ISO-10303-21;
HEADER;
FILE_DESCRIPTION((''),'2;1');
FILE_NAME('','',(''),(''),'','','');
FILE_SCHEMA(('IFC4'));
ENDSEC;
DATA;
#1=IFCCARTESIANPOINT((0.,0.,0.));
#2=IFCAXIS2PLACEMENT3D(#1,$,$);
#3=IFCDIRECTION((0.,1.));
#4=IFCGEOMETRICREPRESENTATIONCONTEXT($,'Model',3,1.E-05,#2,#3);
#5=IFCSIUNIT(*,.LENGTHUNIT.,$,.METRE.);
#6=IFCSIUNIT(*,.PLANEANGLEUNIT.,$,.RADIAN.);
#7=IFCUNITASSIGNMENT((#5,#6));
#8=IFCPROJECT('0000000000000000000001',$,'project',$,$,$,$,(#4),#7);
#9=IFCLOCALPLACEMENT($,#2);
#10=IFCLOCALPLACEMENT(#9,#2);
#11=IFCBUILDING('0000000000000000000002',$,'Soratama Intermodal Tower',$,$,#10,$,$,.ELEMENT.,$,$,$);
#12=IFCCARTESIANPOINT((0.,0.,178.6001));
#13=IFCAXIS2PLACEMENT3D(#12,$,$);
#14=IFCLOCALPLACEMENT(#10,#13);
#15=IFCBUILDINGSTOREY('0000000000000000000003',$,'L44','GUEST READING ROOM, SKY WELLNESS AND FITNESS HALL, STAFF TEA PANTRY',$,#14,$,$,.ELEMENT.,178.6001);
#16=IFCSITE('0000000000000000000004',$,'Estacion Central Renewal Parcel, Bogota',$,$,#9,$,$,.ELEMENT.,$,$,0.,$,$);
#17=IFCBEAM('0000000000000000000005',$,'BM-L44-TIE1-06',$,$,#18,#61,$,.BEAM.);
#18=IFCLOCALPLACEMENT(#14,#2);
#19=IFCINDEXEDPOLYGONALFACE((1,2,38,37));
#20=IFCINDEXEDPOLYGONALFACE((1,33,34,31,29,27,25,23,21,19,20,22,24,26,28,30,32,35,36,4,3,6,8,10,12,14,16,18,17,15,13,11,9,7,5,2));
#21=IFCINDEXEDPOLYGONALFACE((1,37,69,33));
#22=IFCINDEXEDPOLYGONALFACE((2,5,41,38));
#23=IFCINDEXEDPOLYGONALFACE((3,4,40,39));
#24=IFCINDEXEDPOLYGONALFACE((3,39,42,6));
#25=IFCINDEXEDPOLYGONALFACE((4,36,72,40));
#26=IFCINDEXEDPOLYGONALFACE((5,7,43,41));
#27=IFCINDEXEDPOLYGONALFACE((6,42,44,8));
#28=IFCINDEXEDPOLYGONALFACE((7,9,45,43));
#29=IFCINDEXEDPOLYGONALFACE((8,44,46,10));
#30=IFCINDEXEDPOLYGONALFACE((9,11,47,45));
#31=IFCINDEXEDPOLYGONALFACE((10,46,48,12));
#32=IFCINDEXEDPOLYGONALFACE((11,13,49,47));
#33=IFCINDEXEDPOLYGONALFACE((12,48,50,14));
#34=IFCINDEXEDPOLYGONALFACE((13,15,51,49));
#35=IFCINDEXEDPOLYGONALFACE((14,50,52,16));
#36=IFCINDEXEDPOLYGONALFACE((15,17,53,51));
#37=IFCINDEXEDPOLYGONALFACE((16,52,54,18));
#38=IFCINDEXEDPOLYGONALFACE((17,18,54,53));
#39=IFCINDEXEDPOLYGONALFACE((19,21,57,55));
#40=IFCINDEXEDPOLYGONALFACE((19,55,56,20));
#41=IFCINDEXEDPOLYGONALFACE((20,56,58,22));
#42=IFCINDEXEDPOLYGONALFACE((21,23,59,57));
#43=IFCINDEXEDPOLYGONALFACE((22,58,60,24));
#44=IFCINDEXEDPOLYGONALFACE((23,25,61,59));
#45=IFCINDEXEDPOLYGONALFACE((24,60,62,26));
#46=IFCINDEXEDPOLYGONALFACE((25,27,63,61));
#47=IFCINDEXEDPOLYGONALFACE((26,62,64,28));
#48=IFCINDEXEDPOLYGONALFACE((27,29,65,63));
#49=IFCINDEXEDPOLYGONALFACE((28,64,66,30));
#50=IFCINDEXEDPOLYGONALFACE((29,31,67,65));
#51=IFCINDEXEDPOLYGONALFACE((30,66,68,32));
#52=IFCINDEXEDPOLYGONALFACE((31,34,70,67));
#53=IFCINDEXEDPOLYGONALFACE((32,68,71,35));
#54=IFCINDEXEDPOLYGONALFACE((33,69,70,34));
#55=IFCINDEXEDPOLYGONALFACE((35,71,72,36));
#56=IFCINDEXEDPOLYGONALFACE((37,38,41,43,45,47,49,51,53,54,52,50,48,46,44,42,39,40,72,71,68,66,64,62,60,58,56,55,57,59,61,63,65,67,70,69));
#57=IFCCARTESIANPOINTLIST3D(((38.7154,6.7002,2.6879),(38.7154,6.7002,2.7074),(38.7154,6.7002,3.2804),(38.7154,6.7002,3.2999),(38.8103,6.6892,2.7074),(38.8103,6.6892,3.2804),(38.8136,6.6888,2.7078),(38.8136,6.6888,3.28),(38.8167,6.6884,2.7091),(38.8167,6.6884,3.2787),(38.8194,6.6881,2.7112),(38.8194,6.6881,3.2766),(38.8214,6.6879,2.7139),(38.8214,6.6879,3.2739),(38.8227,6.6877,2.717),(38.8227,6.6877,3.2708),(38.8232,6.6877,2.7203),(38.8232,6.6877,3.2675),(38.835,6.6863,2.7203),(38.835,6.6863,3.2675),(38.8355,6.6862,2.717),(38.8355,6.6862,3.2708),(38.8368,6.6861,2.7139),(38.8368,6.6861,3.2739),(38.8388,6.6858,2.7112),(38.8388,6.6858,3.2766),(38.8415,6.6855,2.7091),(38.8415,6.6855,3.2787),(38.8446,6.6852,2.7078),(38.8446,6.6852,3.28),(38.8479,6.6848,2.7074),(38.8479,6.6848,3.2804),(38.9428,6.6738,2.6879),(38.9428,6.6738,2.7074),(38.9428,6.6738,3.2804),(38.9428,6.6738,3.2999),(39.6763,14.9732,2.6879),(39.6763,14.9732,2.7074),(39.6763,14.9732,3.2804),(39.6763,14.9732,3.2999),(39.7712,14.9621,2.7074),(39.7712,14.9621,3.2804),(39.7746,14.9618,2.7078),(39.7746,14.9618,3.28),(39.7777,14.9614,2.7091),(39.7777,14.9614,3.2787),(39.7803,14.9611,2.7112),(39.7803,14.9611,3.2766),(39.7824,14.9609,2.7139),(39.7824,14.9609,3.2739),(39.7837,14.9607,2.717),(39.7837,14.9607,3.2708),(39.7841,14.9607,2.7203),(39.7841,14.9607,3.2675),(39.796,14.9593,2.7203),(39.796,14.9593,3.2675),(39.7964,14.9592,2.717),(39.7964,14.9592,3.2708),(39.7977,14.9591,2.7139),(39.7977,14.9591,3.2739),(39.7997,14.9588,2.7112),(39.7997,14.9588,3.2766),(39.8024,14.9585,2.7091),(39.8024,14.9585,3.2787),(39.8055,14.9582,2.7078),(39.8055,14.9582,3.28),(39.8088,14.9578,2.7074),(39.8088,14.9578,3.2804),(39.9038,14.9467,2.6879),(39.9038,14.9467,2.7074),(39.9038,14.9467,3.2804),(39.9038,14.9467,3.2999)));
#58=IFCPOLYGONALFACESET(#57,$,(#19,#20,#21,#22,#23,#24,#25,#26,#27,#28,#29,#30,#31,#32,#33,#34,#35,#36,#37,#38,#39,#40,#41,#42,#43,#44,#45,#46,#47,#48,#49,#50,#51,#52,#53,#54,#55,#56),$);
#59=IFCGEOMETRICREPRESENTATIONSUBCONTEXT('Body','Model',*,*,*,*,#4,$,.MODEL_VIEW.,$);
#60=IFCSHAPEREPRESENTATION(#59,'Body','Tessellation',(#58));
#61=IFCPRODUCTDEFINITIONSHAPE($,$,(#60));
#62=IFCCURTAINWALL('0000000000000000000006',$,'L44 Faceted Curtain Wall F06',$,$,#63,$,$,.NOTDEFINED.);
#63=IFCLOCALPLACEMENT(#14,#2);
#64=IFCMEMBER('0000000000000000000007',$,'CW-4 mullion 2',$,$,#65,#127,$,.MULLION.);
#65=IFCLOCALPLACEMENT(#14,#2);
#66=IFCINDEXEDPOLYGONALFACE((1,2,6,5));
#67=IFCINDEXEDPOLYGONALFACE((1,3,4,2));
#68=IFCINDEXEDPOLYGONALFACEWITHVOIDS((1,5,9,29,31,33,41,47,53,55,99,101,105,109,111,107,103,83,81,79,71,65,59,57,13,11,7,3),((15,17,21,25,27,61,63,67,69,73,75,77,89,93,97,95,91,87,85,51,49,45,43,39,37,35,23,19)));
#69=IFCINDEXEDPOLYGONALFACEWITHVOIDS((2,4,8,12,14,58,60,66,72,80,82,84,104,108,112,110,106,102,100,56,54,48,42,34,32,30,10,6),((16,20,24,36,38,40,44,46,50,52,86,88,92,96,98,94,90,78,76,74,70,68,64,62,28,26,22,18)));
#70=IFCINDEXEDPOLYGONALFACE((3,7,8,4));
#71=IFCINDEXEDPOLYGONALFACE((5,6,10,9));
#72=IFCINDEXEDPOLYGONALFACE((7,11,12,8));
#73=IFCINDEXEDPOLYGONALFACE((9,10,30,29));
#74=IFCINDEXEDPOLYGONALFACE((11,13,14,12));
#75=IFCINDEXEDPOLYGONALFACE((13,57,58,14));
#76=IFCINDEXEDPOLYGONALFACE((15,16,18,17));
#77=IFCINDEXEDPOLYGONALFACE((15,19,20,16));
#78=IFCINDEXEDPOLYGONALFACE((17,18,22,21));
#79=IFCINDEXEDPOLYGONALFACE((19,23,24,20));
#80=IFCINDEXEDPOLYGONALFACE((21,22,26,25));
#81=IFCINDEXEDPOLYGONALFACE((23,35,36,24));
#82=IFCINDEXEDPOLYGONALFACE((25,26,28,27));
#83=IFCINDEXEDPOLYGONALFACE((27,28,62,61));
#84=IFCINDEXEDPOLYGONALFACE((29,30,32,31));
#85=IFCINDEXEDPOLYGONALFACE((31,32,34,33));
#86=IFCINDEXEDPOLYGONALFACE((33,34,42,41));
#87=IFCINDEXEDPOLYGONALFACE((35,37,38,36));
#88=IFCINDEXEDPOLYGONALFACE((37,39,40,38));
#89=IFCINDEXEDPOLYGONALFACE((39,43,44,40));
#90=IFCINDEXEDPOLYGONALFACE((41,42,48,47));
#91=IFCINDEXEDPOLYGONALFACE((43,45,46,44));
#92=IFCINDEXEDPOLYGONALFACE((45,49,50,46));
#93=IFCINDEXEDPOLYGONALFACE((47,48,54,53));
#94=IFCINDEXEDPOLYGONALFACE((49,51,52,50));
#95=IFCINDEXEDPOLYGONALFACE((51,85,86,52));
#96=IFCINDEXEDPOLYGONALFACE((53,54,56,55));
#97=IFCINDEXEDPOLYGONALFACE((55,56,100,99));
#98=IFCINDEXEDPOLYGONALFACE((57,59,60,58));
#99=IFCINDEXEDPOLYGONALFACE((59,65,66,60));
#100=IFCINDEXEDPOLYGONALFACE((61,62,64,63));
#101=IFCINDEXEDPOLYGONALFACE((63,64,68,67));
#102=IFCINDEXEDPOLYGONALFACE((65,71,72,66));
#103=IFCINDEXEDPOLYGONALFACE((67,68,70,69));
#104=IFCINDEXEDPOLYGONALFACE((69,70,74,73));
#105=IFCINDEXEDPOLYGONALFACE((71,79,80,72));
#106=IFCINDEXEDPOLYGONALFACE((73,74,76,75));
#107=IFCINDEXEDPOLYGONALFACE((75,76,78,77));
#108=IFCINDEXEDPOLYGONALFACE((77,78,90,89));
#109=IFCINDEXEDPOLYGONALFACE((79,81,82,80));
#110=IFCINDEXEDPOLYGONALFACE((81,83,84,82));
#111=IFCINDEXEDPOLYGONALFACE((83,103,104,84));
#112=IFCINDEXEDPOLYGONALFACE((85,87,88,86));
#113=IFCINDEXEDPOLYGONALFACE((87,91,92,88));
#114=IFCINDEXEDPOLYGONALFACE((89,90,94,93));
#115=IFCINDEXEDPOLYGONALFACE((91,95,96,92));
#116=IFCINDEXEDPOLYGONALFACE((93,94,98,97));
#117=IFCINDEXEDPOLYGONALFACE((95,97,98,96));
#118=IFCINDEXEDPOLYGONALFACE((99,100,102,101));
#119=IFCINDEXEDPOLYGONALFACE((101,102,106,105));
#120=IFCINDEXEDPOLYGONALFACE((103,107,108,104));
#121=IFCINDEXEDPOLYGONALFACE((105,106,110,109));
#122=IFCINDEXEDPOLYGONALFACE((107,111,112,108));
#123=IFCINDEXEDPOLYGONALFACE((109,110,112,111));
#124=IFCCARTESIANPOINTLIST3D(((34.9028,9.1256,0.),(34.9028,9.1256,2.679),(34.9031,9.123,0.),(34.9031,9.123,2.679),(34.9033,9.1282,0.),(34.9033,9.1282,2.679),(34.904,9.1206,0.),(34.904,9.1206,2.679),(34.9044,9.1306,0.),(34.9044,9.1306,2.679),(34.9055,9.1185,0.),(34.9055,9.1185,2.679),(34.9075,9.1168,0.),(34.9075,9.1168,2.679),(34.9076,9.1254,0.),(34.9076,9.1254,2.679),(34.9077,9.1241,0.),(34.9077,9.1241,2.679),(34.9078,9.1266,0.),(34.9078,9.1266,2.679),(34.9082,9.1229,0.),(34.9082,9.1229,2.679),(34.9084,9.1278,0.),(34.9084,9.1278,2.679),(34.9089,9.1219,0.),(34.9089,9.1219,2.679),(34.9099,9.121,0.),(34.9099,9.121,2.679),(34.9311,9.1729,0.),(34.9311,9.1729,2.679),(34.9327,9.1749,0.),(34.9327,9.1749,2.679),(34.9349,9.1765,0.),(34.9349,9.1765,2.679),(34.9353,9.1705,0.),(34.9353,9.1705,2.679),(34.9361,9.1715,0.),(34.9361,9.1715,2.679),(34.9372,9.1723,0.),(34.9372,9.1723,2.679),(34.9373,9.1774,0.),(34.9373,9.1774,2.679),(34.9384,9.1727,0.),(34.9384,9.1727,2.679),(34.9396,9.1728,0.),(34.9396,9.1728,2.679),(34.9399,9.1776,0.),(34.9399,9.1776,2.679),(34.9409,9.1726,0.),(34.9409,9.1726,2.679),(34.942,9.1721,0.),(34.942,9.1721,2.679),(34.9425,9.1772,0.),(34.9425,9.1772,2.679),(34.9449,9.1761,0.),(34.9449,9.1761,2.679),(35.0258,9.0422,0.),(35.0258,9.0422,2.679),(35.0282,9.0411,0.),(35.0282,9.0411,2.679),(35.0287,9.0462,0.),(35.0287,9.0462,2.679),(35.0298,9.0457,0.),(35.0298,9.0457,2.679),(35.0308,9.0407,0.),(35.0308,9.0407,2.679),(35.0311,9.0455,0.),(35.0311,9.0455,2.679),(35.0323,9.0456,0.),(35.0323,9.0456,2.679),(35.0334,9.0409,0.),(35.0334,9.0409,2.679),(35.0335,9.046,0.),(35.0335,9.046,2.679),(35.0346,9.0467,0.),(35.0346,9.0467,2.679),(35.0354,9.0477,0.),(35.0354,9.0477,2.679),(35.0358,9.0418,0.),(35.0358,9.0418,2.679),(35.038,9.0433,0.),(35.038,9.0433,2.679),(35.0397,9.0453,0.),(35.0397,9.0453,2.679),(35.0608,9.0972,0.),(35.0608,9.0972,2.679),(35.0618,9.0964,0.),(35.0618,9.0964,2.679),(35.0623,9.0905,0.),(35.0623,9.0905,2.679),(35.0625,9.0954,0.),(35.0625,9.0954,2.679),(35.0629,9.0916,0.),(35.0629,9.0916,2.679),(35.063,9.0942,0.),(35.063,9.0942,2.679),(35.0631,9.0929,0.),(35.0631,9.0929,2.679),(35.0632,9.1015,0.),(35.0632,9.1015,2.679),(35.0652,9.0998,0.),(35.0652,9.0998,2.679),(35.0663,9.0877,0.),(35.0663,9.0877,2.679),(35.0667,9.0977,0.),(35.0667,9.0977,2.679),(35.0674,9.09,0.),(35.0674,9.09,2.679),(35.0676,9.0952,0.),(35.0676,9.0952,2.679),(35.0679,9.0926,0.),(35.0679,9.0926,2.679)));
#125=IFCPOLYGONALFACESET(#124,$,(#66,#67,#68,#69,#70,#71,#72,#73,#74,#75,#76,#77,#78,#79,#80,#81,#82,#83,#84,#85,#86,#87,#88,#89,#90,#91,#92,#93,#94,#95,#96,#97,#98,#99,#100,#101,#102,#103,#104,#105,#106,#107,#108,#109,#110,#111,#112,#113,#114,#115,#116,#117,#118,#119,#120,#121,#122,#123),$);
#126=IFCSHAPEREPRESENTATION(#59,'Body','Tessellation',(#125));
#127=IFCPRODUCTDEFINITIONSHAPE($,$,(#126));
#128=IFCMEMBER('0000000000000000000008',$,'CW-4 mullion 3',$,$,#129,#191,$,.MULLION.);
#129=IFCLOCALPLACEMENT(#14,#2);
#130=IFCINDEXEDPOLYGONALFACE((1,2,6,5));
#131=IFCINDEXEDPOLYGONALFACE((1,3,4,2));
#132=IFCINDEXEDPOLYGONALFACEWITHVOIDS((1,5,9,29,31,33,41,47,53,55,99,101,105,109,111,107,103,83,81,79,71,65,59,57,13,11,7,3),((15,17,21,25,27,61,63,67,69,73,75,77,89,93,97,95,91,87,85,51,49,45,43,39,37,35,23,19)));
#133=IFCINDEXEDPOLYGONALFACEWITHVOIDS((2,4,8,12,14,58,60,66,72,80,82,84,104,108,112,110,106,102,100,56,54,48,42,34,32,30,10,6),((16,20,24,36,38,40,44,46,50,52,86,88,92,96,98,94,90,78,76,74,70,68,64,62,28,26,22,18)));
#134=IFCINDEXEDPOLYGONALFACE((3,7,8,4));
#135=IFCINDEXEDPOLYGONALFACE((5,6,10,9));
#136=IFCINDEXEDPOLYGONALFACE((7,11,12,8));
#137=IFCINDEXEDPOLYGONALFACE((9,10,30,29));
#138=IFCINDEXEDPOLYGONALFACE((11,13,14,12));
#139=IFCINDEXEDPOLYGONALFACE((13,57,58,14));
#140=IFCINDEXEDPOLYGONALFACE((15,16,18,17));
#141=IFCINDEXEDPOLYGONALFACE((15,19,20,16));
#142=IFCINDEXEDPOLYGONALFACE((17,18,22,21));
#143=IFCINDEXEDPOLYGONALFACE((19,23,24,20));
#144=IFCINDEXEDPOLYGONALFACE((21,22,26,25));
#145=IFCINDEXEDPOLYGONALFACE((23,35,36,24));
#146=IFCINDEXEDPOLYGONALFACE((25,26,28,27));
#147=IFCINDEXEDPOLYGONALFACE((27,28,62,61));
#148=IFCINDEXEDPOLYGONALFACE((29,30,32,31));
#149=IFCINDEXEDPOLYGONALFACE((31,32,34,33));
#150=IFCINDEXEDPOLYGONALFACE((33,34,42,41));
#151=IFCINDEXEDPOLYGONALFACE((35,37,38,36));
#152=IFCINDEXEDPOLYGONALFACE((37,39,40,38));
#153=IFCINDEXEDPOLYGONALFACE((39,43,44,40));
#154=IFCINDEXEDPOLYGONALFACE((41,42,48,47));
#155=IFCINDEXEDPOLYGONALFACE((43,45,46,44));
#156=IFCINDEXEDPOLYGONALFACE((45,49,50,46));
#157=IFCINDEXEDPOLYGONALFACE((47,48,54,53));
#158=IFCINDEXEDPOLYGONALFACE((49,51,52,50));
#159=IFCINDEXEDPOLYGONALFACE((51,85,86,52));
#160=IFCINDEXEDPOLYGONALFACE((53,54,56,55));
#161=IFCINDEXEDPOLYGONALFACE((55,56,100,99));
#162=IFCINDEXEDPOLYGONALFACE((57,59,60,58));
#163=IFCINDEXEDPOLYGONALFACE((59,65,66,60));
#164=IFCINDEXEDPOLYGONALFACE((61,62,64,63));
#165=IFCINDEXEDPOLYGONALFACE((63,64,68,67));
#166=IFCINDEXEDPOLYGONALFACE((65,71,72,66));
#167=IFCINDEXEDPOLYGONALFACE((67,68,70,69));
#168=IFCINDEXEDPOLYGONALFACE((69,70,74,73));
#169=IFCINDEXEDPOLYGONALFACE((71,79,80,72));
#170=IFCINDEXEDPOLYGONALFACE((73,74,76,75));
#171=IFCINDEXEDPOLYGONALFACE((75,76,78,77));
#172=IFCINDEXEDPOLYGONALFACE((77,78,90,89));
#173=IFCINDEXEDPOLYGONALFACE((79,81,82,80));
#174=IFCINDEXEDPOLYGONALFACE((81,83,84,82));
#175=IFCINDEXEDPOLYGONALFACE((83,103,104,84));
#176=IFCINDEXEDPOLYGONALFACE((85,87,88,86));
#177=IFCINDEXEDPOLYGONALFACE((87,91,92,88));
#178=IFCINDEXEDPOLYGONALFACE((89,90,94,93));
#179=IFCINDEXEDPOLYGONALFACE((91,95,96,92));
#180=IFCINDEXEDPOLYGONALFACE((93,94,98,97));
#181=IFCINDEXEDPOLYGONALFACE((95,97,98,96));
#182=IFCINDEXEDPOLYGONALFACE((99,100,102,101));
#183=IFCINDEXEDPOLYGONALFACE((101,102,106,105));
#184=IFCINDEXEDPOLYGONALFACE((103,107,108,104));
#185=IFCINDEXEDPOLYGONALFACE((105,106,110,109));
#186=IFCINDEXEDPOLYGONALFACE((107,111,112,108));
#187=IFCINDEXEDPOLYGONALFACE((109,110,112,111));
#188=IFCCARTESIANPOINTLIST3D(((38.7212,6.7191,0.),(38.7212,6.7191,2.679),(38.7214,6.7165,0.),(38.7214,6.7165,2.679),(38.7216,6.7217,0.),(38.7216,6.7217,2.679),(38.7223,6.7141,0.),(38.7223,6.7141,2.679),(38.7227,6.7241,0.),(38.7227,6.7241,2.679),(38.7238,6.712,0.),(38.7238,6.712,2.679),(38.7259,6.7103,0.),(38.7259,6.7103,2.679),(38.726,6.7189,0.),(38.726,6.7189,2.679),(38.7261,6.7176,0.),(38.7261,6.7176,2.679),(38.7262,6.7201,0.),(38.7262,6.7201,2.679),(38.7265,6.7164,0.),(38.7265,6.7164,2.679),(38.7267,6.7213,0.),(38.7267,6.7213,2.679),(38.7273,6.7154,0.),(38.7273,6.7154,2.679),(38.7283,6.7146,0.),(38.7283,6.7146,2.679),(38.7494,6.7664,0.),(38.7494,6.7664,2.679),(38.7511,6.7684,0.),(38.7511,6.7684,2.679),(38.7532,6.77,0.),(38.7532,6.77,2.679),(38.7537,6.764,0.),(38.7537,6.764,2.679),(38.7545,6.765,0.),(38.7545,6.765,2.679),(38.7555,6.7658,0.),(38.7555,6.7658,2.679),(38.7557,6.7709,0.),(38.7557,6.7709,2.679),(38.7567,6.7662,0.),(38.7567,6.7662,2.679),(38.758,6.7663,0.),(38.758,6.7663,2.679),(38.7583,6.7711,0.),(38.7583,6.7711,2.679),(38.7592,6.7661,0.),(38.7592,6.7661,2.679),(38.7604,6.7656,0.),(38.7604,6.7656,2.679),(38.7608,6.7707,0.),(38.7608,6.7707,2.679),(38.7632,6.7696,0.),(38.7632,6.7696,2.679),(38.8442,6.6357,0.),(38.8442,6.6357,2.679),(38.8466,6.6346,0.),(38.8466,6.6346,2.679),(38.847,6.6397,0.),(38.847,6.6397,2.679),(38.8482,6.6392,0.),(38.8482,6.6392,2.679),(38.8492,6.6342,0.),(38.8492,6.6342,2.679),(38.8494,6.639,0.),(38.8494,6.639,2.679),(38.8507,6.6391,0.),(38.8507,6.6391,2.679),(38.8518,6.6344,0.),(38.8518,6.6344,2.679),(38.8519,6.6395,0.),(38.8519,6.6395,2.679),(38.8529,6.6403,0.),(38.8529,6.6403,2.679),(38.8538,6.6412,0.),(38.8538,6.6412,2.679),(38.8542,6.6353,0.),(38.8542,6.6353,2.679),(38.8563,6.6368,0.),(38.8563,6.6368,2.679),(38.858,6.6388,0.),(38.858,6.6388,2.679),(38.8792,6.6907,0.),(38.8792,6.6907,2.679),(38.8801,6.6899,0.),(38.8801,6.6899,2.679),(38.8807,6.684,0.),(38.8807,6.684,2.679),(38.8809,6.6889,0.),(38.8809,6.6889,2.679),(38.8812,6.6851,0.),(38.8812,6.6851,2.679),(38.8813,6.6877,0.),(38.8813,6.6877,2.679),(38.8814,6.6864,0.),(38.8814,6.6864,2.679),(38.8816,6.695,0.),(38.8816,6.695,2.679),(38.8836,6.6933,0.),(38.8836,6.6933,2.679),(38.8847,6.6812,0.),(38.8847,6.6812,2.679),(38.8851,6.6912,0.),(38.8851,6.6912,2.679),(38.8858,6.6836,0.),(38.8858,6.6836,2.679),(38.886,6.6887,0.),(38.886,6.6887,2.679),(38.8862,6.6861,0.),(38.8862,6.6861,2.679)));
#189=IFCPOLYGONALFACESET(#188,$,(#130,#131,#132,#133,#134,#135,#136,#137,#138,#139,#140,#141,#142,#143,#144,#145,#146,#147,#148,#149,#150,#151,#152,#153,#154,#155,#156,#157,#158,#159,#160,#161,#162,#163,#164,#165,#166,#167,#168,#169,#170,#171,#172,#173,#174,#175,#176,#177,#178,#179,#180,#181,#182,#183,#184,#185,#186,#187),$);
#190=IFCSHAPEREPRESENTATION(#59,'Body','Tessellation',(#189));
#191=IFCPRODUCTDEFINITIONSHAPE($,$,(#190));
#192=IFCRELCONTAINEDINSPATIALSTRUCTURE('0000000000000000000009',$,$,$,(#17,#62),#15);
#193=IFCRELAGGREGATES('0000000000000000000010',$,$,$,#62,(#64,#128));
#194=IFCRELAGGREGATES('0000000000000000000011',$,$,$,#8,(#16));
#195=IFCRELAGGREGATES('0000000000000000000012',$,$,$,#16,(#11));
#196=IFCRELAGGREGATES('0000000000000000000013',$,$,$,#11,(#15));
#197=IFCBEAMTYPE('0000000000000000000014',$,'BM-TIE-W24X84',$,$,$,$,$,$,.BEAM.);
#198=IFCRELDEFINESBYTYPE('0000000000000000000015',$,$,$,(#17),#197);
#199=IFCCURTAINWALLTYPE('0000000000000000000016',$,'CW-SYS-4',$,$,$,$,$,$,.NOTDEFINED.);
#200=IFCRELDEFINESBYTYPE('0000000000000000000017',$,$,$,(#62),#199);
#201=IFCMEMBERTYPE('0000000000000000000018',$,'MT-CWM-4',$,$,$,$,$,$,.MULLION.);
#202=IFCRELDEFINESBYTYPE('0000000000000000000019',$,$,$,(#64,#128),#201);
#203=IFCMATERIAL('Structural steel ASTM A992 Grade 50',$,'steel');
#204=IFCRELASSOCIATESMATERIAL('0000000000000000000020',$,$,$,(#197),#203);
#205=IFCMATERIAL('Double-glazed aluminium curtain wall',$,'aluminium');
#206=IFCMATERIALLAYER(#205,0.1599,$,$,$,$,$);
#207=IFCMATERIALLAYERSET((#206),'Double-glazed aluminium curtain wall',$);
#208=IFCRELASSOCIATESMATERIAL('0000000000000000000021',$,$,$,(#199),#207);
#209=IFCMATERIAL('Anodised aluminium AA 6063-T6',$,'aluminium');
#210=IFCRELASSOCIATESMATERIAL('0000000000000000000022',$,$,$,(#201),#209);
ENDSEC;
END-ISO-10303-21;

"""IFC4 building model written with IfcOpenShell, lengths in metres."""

from ifc_helpers import new_model, si_unit, direction, frame, origin, origin_2d, place, context, subcontext, project, spatial, hollow_rectangle, i_section, extrude, material, layer, layer_set, material_profile, profile_set, type_object, element, aggregate, save


model = new_model("IFC4")

# Units and contexts
model_context = context("Model", 3, precision=1e-05, world=origin(), true_north=direction((0.0, 1.0)))
body_context = subcontext(model_context, "Body", "Model", "MODEL_VIEW")
ifc_project = project(units=[si_unit("LENGTHUNIT", "METRE"), si_unit("PLANEANGLEUNIT", "RADIAN")], contexts=[model_context])

# Site, building, storey
site_placement = place(None, origin())
site = spatial("IfcSite", under=ifc_project, at=site_placement, Name="Estacion Central Renewal Parcel, Bogota", CompositionType="ELEMENT", RefElevation=0.0)
building_placement = place(site_placement, origin())
building = spatial("IfcBuilding", under=site, at=building_placement, Name="Soratama Intermodal Tower", CompositionType="ELEMENT")
storey_placement = place(building_placement, frame((0.0, 0.0, 178.6001)))
storey = spatial("IfcBuildingStorey", under=building, at=storey_placement, Name="L44", Description="GUEST READING ROOM, SKY WELLNESS AND FITNESS HALL, STAFF TEA PANTRY", CompositionType="ELEMENT", Elevation=178.6001)

# Beam
ifc_material_1 = material(Name="Structural steel ASTM A992 Grade 50", Category="steel")
ifc_material_profile_1 = material_profile(ifc_material_1, i_section(OverallWidth=0.229, OverallDepth=0.6121, WebThickness=0.012, FlangeThickness=0.0195, FilletRadius=0.0129, at=origin_2d()), Name="W24X84")
ifc_profile_set_1 = profile_set([ifc_material_profile_1], Name="Structural steel ASTM A992 Grade 50")
beam_type_1 = type_object("IfcBeamType", Name="BM-TIE-W24X84", PredefinedType="BEAM", material=ifc_profile_set_1)
beam_1_placement = place(storey_placement, frame((39.79, 14.96, 2.9939), z_axis=(-0.115378, -0.993322, 0.0), x_axis=(0.993322, -0.115378, 0.0)))
element("IfcBeam", 1, at=beam_1_placement, inside=storey, type_object=beam_type_1, Name="BM-L44-TIE1-06", PredefinedType="BEAM", context=body_context, shape_type="SweptSolid", body=[
    extrude(i_section(OverallWidth=0.229, OverallDepth=0.6121, WebThickness=0.012, FlangeThickness=0.0195, FilletRadius=0.0129, at=origin_2d()), origin(), (0.0, 0.0, 1.0), 8.3286),
])

# Curtain wall, members
ifc_material_2 = material(Name="Double-glazed aluminium curtain wall", Category="aluminium")
ifc_layer_1 = layer(ifc_material_2, 0.1599)
ifc_layer_set_1 = layer_set([ifc_layer_1], Name="Double-glazed aluminium curtain wall")
curtain_wall_type = type_object("IfcCurtainWallType", Name="CW-SYS-4", PredefinedType="NOTDEFINED", material=ifc_layer_set_1)
curtain_wall_placement = place(storey_placement, origin())
curtain_wall = element("IfcCurtainWall", 2, at=curtain_wall_placement, inside=storey, type_object=curtain_wall_type, Name="L44 Faceted Curtain Wall F06", PredefinedType="NOTDEFINED")
ifc_material_3 = material(Name="Anodised aluminium AA 6063-T6", Category="aluminium")
ifc_material_profile_2 = material_profile(ifc_material_3, hollow_rectangle(XDim=0.0701, YDim=0.1599, WallThickness=0.0049, InnerFilletRadius=0.0049, OuterFilletRadius=0.01, at=origin_2d()), Name="CWM160X70X5")
ifc_profile_set_2 = profile_set([ifc_material_profile_2], Name="Anodised aluminium AA 6063-T6")
member_type_1 = type_object("IfcMemberType", Name="MT-CWM-4", PredefinedType="MULLION", material=ifc_profile_set_2)
member_1_placement = place(storey_placement, frame((34.9854, 9.1091, 0.0), z_axis=(0.0, 0.0, 1.0), x_axis=(0.533168, 0.84601, 0.0)))
member_1 = element("IfcMember", 3, at=member_1_placement, type_object=member_type_1, Name="CW-4 mullion 2", PredefinedType="MULLION", context=body_context, shape_type="SweptSolid", body=[
    extrude(hollow_rectangle(XDim=0.0701, YDim=0.1599, WallThickness=0.0049, InnerFilletRadius=0.0049, OuterFilletRadius=0.01, at=origin_2d()), origin(), (0.0, 0.0, 1.0), 2.679),
])
member_2_placement = place(storey_placement, frame((38.8037, 6.7026, 0.0), z_axis=(0.0, 0.0, 1.0), x_axis=(0.533168, 0.84601, 0.0)))
member_2 = element("IfcMember", 4, at=member_2_placement, type_object=member_type_1, Name="CW-4 mullion 3", PredefinedType="MULLION", context=body_context, shape_type="SweptSolid", body=[
    extrude(hollow_rectangle(XDim=0.0701, YDim=0.1599, WallThickness=0.0049, InnerFilletRadius=0.0049, OuterFilletRadius=0.01, at=origin_2d()), origin(), (0.0, 0.0, 1.0), 2.679),
])
aggregate(curtain_wall, [member_1, member_2])

save(model, "model.ifc")
